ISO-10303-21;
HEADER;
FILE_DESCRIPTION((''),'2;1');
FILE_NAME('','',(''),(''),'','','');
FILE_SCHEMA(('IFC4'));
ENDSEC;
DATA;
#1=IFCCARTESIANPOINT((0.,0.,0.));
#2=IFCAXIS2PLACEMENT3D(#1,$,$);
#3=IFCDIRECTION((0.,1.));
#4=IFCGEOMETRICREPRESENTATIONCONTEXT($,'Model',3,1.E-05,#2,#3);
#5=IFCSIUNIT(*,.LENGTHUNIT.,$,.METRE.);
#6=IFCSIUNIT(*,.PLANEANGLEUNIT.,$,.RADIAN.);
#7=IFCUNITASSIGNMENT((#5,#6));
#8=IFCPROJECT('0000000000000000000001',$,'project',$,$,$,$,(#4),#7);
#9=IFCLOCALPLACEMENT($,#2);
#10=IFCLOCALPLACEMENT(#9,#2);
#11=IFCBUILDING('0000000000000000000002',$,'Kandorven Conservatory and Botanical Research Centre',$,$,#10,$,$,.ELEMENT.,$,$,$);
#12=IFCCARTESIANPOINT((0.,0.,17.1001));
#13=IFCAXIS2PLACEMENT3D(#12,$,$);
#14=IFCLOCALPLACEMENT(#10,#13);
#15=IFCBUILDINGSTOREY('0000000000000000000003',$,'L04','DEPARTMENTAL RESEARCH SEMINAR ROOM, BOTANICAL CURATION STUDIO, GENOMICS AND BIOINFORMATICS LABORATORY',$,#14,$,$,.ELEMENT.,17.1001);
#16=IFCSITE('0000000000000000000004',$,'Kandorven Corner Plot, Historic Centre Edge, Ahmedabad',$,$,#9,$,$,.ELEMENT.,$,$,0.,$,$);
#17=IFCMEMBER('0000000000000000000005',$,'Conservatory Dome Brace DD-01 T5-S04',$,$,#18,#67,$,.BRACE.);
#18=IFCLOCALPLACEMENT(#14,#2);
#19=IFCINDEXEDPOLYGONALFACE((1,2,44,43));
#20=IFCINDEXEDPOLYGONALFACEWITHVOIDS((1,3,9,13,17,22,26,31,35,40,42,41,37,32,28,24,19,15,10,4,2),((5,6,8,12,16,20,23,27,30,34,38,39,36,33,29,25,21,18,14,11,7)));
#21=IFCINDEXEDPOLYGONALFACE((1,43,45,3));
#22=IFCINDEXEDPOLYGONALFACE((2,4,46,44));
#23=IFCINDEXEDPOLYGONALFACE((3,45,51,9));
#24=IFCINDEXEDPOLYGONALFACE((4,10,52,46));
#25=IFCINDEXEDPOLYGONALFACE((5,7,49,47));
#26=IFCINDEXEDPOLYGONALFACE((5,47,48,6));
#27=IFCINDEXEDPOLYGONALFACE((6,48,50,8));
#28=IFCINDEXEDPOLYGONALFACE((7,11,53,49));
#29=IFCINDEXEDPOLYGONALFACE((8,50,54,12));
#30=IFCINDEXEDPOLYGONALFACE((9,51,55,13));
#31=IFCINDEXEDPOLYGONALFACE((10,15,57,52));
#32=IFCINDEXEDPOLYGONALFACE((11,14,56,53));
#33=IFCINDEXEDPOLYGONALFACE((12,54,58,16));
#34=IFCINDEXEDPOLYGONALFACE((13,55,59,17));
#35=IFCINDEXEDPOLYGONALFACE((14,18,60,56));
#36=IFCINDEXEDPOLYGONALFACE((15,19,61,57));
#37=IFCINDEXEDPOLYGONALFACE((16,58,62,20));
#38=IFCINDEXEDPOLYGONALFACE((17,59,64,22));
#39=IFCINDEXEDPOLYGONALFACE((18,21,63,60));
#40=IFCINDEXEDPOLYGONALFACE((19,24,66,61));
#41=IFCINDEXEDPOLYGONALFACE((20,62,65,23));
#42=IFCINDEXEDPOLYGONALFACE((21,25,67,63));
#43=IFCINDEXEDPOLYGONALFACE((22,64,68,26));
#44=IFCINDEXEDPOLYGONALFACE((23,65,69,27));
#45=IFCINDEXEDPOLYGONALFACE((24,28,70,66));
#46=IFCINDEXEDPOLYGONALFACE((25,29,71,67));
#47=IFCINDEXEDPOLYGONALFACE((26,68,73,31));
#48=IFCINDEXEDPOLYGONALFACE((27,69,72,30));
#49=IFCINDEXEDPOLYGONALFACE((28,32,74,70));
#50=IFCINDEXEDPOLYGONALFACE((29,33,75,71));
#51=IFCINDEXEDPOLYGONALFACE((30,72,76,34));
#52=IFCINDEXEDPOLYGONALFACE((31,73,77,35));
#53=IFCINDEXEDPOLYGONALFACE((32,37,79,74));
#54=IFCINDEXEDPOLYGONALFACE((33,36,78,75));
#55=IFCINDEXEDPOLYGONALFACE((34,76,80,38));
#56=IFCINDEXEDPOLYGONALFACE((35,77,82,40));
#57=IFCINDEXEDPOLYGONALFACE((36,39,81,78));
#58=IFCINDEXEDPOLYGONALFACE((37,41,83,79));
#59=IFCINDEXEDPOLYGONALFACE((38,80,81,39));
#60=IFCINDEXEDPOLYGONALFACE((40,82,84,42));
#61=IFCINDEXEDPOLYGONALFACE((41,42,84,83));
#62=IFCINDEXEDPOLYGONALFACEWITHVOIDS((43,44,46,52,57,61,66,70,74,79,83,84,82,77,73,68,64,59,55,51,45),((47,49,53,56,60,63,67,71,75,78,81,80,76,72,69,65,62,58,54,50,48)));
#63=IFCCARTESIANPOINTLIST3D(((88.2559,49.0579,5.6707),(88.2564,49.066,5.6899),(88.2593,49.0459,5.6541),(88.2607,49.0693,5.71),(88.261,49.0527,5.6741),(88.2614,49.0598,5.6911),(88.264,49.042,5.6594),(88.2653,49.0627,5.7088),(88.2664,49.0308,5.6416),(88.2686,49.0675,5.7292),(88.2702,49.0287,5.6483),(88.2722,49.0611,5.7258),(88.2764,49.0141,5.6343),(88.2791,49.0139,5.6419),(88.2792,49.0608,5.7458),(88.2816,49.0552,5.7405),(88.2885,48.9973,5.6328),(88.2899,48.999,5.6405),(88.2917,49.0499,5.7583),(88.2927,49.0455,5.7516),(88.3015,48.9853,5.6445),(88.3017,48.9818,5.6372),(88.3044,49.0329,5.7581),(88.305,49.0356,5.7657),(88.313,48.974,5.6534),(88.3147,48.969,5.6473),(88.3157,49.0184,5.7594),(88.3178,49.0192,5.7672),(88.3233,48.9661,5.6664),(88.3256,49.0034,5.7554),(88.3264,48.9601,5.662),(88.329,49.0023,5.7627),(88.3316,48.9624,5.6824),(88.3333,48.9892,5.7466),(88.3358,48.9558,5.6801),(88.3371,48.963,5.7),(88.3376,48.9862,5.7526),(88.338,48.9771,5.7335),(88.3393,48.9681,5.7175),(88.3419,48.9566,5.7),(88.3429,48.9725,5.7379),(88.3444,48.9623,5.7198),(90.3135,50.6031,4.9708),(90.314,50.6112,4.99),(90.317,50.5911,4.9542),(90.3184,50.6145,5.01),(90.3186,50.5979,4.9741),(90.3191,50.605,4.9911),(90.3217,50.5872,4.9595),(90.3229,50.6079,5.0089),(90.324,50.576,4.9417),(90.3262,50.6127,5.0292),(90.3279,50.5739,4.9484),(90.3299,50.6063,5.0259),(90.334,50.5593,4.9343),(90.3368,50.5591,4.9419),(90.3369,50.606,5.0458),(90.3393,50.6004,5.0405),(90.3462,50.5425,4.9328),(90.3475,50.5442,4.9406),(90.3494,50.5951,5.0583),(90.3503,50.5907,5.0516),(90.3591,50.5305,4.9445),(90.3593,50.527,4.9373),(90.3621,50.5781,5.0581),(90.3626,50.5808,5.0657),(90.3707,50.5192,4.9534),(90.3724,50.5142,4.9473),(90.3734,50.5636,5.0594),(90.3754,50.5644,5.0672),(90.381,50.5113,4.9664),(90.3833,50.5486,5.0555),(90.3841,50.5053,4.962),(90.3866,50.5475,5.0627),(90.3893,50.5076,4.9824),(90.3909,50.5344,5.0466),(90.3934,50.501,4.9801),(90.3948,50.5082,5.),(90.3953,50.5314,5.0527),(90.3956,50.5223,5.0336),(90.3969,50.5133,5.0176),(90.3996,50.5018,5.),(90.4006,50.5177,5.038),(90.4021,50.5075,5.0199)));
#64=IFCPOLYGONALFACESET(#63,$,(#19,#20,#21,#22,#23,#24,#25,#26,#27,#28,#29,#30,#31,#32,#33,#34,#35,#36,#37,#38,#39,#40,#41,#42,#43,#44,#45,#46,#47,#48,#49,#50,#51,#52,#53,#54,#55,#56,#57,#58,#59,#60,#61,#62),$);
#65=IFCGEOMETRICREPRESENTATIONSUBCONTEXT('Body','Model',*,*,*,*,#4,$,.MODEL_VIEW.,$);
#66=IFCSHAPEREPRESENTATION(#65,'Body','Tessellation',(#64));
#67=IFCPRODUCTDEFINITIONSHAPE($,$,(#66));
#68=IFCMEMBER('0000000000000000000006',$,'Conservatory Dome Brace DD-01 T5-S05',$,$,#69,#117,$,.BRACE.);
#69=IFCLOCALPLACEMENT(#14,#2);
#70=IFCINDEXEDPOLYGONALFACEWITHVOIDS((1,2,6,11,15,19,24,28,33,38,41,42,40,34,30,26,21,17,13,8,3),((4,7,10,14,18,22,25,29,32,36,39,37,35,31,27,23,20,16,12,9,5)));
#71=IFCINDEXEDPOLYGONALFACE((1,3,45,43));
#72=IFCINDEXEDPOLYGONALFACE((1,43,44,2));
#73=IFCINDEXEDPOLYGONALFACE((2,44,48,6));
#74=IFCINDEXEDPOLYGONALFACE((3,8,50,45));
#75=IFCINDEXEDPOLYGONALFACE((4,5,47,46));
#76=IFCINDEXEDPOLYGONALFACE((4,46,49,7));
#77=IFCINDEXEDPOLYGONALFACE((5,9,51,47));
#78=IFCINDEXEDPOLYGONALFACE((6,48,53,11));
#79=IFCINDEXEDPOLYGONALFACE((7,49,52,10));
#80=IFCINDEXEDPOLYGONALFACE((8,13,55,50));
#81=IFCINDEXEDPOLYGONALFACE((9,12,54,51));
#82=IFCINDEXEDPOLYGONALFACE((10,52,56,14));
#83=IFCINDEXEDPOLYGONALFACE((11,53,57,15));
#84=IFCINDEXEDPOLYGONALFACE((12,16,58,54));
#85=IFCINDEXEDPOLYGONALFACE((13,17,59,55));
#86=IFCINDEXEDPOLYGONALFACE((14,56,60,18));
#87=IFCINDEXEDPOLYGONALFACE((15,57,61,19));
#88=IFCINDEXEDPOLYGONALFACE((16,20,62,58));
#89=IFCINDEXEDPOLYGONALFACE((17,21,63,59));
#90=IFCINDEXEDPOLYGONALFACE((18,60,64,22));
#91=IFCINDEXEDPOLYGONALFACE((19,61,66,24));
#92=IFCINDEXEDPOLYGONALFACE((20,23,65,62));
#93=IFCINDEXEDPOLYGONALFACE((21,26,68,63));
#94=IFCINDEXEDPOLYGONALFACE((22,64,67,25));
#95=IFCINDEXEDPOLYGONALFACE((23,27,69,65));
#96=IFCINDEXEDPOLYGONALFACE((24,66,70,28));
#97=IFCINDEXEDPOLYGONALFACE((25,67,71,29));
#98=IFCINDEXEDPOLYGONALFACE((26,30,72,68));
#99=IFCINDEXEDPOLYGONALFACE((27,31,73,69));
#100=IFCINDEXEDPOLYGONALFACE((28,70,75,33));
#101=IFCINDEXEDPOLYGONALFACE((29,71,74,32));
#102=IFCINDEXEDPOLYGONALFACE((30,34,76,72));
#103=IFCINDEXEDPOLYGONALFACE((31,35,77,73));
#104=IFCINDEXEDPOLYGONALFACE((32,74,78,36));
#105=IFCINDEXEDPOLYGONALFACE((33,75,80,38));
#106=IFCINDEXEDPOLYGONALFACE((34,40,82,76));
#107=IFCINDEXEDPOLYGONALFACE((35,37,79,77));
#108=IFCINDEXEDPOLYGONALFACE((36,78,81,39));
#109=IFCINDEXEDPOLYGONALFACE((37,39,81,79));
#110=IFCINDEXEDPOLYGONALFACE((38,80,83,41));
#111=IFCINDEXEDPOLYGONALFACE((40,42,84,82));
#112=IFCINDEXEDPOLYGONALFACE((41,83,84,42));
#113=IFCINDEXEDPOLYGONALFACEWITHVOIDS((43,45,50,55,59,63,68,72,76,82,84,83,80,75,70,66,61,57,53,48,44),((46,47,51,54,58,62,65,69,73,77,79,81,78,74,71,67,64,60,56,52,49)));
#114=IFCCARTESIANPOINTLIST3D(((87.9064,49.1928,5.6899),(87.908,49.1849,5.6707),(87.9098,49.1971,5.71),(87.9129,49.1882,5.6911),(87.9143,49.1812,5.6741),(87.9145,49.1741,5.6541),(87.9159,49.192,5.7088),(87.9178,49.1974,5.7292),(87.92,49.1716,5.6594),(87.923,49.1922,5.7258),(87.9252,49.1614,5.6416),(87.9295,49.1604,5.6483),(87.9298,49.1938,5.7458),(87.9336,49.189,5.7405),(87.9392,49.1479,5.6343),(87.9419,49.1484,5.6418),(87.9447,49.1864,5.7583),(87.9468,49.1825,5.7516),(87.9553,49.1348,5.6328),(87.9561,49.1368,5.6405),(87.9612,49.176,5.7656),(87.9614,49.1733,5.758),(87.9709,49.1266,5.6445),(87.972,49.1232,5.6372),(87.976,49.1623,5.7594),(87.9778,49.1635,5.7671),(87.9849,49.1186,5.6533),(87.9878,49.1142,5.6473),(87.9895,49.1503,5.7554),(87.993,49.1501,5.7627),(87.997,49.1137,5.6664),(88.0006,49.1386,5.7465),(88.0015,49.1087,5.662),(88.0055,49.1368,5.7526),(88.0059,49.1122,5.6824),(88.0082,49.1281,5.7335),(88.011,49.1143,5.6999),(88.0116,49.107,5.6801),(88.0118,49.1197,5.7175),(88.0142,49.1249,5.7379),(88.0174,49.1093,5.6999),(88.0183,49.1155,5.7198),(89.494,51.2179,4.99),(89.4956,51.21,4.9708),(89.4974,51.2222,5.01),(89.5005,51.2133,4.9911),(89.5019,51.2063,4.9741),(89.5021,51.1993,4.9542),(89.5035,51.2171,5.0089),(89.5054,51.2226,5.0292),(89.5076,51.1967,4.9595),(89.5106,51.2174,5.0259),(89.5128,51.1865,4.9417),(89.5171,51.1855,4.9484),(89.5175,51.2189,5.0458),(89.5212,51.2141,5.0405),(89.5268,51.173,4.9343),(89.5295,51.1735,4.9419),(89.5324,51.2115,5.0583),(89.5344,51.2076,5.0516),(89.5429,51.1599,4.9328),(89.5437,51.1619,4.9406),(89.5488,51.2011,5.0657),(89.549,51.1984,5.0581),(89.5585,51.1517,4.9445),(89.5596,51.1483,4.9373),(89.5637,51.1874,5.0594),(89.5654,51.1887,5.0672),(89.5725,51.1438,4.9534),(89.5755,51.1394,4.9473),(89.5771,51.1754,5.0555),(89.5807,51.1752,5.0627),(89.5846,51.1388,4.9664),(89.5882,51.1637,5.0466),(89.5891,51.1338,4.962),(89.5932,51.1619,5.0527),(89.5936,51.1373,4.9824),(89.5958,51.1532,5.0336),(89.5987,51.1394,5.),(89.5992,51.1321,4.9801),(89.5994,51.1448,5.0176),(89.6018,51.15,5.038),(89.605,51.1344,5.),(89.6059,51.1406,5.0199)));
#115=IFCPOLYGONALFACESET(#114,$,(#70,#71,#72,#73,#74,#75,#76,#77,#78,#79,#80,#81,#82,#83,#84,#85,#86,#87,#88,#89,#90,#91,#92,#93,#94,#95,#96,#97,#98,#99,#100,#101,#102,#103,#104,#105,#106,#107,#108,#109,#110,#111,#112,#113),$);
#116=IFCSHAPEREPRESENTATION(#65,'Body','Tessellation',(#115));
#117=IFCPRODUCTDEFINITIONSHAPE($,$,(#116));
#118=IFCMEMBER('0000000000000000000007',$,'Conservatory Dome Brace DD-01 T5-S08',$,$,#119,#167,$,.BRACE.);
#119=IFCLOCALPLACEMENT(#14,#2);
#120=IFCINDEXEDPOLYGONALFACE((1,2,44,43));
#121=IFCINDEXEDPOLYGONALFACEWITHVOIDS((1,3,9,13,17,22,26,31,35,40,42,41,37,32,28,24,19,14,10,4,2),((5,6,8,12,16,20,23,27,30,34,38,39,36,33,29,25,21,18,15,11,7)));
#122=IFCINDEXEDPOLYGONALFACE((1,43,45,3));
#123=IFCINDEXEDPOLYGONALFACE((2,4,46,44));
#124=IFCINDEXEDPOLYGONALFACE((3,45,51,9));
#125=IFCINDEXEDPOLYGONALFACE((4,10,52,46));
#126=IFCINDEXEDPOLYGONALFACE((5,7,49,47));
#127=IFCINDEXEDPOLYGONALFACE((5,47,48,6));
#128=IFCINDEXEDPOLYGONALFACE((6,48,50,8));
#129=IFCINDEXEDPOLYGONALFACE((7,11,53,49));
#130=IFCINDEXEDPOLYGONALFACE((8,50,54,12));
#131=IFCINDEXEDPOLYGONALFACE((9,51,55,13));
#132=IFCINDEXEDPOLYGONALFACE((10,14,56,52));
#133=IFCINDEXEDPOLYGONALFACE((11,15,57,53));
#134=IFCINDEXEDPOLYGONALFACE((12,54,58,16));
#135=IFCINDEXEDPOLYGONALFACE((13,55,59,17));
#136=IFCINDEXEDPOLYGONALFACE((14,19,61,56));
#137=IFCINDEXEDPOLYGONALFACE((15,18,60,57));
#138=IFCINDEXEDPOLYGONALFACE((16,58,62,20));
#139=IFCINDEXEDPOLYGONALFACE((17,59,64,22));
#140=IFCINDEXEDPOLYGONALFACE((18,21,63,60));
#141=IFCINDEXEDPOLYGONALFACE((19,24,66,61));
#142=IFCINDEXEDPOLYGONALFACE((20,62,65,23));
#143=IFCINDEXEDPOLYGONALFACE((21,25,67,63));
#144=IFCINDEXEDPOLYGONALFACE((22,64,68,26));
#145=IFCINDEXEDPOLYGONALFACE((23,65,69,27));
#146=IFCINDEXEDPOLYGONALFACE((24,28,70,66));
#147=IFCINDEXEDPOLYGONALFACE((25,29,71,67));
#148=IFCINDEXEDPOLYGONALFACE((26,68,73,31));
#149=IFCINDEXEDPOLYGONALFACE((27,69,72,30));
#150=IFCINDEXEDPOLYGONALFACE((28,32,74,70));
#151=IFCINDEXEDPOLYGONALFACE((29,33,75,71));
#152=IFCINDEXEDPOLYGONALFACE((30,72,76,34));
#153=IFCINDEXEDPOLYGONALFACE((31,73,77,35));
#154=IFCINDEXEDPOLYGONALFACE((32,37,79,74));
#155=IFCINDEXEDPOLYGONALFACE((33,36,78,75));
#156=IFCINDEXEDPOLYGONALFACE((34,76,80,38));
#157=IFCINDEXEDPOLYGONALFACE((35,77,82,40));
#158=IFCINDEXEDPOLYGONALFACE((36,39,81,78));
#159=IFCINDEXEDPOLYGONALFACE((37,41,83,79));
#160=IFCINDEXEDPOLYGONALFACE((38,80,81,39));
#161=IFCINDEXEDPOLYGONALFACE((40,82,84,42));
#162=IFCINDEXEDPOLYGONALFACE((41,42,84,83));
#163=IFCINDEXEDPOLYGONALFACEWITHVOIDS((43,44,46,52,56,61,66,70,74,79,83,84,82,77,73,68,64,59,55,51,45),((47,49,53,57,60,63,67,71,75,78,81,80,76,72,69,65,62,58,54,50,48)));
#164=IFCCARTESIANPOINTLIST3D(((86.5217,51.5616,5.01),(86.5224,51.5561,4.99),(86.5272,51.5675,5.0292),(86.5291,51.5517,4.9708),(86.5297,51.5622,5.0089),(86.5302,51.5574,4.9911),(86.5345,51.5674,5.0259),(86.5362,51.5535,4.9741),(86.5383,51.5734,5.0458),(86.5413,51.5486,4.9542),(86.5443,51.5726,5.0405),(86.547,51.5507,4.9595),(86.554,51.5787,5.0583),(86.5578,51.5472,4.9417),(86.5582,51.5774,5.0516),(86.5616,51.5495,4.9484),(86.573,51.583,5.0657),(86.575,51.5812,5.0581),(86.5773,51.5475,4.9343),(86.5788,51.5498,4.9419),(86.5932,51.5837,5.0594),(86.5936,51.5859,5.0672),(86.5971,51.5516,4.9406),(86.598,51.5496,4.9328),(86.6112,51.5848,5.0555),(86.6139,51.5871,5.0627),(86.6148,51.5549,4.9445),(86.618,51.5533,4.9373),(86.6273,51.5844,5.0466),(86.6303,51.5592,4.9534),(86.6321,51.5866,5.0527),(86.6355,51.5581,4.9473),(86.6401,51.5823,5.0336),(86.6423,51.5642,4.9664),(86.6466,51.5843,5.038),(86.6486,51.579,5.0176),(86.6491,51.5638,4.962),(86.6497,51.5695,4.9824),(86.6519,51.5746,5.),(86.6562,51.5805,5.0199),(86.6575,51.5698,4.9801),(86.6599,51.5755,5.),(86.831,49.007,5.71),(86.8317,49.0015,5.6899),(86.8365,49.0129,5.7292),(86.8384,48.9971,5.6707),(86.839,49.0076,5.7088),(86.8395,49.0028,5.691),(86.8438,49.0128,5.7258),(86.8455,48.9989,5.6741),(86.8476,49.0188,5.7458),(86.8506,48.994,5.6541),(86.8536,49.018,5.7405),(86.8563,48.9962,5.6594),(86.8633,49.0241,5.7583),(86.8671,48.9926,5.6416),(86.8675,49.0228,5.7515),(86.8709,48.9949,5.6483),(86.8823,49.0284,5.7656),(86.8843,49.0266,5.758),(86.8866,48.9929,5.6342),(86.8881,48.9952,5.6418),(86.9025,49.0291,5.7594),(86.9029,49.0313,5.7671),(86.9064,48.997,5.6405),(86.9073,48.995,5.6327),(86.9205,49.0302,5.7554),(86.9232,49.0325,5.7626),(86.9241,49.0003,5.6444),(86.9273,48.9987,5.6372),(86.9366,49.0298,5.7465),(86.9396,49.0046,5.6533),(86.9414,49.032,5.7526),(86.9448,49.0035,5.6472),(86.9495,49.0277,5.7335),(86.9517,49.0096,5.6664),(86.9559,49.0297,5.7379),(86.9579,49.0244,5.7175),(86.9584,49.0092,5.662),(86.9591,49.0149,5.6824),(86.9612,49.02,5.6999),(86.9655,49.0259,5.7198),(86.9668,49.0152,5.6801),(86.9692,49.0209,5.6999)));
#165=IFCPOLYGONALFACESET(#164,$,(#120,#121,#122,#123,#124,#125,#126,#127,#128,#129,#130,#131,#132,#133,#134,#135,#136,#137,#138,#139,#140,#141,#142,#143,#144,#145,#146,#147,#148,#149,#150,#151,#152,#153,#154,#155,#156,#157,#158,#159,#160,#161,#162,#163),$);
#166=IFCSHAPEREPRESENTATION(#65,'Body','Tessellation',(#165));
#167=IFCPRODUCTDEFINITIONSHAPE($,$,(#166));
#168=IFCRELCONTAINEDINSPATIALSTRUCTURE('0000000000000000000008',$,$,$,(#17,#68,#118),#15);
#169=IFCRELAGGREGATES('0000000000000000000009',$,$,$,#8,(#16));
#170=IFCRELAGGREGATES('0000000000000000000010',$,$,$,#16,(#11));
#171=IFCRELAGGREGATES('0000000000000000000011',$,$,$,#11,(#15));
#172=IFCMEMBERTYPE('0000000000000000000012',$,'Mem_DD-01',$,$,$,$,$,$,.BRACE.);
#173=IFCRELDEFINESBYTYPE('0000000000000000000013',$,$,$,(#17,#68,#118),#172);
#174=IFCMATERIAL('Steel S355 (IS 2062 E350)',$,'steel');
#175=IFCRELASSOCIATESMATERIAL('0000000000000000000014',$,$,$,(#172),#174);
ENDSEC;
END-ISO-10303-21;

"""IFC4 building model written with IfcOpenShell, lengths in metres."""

from ifc_helpers import new_model, si_unit, direction, frame, origin, origin_2d, place, context, subcontext, project, spatial, hollow_circle, extrude, material, material_profile, profile_set, type_object, element, save


model = new_model("IFC4")

# Units and contexts
model_context = context("Model", 3, precision=1e-05, world=origin(), true_north=direction((0.0, 1.0)))
body_context = subcontext(model_context, "Body", "Model", "MODEL_VIEW")
ifc_project = project(units=[si_unit("LENGTHUNIT", "METRE"), si_unit("PLANEANGLEUNIT", "RADIAN")], contexts=[model_context])

# Site, building, storey
site_placement = place(None, origin())
site = spatial("IfcSite", under=ifc_project, at=site_placement, Name="Kandorven Corner Plot, Historic Centre Edge, Ahmedabad", CompositionType="ELEMENT", RefElevation=0.0)
building_placement = place(site_placement, origin())
building = spatial("IfcBuilding", under=site, at=building_placement, Name="Kandorven Conservatory and Botanical Research Centre", CompositionType="ELEMENT")
storey_placement = place(building_placement, frame((0.0, 0.0, 17.1001)))
storey = spatial("IfcBuildingStorey", under=building, at=storey_placement, Name="L04", Description="DEPARTMENTAL RESEARCH SEMINAR ROOM, BOTANICAL CURATION STUDIO, GENOMICS AND BIOINFORMATICS LABORATORY", CompositionType="ELEMENT", Elevation=17.1001)

# Members
ifc_material_1 = material(Name="Steel S355 (IS 2062 E350)", Category="steel")
ifc_material_profile_1 = material_profile(ifc_material_1, hollow_circle(Radius=0.0698, WallThickness=0.0081, at=origin_2d()))
ifc_profile_set_1 = profile_set([ifc_material_profile_1], Name="Steel S355 (IS 2062 E350)")
member_type_1 = type_object("IfcMemberType", Name="Mem_DD-01", PredefinedType="BRACE", material=ifc_profile_set_1)
for number, where, z_axis, x_axis, name in (
    (1, (90.3577, 50.5576, 5.0), (-0.771598, -0.579431, 0.262479), (0.600486, -0.799636, 0.0), "Conservatory Dome Brace DD-01 T5-S04"),
    (2, (89.55, 51.1775, 5.0), (-0.59534, -0.759395, 0.26247), (0.786986, -0.616971, 0.0), "Conservatory Dome Brace DD-01 T5-S05"),
    (3, (86.5906, 51.5671, 5.0), (0.11599, -0.957945, 0.262465), (0.992749, 0.120204, 0.0), "Conservatory Dome Brace DD-01 T5-S08"),
):
    element("IfcMember", number, at=place(storey_placement, frame(where, z_axis=z_axis, x_axis=x_axis)), inside=storey, type_object=member_type_1, Name=name, PredefinedType="BRACE", context=body_context, shape_type="SweptSolid", body=[
        extrude(hollow_circle(Radius=0.0698, WallThickness=0.0081, at=origin_2d()), origin(), (0.0, 0.0, 1.0), 2.6667),
    ])

save(model, "model.ifc")
